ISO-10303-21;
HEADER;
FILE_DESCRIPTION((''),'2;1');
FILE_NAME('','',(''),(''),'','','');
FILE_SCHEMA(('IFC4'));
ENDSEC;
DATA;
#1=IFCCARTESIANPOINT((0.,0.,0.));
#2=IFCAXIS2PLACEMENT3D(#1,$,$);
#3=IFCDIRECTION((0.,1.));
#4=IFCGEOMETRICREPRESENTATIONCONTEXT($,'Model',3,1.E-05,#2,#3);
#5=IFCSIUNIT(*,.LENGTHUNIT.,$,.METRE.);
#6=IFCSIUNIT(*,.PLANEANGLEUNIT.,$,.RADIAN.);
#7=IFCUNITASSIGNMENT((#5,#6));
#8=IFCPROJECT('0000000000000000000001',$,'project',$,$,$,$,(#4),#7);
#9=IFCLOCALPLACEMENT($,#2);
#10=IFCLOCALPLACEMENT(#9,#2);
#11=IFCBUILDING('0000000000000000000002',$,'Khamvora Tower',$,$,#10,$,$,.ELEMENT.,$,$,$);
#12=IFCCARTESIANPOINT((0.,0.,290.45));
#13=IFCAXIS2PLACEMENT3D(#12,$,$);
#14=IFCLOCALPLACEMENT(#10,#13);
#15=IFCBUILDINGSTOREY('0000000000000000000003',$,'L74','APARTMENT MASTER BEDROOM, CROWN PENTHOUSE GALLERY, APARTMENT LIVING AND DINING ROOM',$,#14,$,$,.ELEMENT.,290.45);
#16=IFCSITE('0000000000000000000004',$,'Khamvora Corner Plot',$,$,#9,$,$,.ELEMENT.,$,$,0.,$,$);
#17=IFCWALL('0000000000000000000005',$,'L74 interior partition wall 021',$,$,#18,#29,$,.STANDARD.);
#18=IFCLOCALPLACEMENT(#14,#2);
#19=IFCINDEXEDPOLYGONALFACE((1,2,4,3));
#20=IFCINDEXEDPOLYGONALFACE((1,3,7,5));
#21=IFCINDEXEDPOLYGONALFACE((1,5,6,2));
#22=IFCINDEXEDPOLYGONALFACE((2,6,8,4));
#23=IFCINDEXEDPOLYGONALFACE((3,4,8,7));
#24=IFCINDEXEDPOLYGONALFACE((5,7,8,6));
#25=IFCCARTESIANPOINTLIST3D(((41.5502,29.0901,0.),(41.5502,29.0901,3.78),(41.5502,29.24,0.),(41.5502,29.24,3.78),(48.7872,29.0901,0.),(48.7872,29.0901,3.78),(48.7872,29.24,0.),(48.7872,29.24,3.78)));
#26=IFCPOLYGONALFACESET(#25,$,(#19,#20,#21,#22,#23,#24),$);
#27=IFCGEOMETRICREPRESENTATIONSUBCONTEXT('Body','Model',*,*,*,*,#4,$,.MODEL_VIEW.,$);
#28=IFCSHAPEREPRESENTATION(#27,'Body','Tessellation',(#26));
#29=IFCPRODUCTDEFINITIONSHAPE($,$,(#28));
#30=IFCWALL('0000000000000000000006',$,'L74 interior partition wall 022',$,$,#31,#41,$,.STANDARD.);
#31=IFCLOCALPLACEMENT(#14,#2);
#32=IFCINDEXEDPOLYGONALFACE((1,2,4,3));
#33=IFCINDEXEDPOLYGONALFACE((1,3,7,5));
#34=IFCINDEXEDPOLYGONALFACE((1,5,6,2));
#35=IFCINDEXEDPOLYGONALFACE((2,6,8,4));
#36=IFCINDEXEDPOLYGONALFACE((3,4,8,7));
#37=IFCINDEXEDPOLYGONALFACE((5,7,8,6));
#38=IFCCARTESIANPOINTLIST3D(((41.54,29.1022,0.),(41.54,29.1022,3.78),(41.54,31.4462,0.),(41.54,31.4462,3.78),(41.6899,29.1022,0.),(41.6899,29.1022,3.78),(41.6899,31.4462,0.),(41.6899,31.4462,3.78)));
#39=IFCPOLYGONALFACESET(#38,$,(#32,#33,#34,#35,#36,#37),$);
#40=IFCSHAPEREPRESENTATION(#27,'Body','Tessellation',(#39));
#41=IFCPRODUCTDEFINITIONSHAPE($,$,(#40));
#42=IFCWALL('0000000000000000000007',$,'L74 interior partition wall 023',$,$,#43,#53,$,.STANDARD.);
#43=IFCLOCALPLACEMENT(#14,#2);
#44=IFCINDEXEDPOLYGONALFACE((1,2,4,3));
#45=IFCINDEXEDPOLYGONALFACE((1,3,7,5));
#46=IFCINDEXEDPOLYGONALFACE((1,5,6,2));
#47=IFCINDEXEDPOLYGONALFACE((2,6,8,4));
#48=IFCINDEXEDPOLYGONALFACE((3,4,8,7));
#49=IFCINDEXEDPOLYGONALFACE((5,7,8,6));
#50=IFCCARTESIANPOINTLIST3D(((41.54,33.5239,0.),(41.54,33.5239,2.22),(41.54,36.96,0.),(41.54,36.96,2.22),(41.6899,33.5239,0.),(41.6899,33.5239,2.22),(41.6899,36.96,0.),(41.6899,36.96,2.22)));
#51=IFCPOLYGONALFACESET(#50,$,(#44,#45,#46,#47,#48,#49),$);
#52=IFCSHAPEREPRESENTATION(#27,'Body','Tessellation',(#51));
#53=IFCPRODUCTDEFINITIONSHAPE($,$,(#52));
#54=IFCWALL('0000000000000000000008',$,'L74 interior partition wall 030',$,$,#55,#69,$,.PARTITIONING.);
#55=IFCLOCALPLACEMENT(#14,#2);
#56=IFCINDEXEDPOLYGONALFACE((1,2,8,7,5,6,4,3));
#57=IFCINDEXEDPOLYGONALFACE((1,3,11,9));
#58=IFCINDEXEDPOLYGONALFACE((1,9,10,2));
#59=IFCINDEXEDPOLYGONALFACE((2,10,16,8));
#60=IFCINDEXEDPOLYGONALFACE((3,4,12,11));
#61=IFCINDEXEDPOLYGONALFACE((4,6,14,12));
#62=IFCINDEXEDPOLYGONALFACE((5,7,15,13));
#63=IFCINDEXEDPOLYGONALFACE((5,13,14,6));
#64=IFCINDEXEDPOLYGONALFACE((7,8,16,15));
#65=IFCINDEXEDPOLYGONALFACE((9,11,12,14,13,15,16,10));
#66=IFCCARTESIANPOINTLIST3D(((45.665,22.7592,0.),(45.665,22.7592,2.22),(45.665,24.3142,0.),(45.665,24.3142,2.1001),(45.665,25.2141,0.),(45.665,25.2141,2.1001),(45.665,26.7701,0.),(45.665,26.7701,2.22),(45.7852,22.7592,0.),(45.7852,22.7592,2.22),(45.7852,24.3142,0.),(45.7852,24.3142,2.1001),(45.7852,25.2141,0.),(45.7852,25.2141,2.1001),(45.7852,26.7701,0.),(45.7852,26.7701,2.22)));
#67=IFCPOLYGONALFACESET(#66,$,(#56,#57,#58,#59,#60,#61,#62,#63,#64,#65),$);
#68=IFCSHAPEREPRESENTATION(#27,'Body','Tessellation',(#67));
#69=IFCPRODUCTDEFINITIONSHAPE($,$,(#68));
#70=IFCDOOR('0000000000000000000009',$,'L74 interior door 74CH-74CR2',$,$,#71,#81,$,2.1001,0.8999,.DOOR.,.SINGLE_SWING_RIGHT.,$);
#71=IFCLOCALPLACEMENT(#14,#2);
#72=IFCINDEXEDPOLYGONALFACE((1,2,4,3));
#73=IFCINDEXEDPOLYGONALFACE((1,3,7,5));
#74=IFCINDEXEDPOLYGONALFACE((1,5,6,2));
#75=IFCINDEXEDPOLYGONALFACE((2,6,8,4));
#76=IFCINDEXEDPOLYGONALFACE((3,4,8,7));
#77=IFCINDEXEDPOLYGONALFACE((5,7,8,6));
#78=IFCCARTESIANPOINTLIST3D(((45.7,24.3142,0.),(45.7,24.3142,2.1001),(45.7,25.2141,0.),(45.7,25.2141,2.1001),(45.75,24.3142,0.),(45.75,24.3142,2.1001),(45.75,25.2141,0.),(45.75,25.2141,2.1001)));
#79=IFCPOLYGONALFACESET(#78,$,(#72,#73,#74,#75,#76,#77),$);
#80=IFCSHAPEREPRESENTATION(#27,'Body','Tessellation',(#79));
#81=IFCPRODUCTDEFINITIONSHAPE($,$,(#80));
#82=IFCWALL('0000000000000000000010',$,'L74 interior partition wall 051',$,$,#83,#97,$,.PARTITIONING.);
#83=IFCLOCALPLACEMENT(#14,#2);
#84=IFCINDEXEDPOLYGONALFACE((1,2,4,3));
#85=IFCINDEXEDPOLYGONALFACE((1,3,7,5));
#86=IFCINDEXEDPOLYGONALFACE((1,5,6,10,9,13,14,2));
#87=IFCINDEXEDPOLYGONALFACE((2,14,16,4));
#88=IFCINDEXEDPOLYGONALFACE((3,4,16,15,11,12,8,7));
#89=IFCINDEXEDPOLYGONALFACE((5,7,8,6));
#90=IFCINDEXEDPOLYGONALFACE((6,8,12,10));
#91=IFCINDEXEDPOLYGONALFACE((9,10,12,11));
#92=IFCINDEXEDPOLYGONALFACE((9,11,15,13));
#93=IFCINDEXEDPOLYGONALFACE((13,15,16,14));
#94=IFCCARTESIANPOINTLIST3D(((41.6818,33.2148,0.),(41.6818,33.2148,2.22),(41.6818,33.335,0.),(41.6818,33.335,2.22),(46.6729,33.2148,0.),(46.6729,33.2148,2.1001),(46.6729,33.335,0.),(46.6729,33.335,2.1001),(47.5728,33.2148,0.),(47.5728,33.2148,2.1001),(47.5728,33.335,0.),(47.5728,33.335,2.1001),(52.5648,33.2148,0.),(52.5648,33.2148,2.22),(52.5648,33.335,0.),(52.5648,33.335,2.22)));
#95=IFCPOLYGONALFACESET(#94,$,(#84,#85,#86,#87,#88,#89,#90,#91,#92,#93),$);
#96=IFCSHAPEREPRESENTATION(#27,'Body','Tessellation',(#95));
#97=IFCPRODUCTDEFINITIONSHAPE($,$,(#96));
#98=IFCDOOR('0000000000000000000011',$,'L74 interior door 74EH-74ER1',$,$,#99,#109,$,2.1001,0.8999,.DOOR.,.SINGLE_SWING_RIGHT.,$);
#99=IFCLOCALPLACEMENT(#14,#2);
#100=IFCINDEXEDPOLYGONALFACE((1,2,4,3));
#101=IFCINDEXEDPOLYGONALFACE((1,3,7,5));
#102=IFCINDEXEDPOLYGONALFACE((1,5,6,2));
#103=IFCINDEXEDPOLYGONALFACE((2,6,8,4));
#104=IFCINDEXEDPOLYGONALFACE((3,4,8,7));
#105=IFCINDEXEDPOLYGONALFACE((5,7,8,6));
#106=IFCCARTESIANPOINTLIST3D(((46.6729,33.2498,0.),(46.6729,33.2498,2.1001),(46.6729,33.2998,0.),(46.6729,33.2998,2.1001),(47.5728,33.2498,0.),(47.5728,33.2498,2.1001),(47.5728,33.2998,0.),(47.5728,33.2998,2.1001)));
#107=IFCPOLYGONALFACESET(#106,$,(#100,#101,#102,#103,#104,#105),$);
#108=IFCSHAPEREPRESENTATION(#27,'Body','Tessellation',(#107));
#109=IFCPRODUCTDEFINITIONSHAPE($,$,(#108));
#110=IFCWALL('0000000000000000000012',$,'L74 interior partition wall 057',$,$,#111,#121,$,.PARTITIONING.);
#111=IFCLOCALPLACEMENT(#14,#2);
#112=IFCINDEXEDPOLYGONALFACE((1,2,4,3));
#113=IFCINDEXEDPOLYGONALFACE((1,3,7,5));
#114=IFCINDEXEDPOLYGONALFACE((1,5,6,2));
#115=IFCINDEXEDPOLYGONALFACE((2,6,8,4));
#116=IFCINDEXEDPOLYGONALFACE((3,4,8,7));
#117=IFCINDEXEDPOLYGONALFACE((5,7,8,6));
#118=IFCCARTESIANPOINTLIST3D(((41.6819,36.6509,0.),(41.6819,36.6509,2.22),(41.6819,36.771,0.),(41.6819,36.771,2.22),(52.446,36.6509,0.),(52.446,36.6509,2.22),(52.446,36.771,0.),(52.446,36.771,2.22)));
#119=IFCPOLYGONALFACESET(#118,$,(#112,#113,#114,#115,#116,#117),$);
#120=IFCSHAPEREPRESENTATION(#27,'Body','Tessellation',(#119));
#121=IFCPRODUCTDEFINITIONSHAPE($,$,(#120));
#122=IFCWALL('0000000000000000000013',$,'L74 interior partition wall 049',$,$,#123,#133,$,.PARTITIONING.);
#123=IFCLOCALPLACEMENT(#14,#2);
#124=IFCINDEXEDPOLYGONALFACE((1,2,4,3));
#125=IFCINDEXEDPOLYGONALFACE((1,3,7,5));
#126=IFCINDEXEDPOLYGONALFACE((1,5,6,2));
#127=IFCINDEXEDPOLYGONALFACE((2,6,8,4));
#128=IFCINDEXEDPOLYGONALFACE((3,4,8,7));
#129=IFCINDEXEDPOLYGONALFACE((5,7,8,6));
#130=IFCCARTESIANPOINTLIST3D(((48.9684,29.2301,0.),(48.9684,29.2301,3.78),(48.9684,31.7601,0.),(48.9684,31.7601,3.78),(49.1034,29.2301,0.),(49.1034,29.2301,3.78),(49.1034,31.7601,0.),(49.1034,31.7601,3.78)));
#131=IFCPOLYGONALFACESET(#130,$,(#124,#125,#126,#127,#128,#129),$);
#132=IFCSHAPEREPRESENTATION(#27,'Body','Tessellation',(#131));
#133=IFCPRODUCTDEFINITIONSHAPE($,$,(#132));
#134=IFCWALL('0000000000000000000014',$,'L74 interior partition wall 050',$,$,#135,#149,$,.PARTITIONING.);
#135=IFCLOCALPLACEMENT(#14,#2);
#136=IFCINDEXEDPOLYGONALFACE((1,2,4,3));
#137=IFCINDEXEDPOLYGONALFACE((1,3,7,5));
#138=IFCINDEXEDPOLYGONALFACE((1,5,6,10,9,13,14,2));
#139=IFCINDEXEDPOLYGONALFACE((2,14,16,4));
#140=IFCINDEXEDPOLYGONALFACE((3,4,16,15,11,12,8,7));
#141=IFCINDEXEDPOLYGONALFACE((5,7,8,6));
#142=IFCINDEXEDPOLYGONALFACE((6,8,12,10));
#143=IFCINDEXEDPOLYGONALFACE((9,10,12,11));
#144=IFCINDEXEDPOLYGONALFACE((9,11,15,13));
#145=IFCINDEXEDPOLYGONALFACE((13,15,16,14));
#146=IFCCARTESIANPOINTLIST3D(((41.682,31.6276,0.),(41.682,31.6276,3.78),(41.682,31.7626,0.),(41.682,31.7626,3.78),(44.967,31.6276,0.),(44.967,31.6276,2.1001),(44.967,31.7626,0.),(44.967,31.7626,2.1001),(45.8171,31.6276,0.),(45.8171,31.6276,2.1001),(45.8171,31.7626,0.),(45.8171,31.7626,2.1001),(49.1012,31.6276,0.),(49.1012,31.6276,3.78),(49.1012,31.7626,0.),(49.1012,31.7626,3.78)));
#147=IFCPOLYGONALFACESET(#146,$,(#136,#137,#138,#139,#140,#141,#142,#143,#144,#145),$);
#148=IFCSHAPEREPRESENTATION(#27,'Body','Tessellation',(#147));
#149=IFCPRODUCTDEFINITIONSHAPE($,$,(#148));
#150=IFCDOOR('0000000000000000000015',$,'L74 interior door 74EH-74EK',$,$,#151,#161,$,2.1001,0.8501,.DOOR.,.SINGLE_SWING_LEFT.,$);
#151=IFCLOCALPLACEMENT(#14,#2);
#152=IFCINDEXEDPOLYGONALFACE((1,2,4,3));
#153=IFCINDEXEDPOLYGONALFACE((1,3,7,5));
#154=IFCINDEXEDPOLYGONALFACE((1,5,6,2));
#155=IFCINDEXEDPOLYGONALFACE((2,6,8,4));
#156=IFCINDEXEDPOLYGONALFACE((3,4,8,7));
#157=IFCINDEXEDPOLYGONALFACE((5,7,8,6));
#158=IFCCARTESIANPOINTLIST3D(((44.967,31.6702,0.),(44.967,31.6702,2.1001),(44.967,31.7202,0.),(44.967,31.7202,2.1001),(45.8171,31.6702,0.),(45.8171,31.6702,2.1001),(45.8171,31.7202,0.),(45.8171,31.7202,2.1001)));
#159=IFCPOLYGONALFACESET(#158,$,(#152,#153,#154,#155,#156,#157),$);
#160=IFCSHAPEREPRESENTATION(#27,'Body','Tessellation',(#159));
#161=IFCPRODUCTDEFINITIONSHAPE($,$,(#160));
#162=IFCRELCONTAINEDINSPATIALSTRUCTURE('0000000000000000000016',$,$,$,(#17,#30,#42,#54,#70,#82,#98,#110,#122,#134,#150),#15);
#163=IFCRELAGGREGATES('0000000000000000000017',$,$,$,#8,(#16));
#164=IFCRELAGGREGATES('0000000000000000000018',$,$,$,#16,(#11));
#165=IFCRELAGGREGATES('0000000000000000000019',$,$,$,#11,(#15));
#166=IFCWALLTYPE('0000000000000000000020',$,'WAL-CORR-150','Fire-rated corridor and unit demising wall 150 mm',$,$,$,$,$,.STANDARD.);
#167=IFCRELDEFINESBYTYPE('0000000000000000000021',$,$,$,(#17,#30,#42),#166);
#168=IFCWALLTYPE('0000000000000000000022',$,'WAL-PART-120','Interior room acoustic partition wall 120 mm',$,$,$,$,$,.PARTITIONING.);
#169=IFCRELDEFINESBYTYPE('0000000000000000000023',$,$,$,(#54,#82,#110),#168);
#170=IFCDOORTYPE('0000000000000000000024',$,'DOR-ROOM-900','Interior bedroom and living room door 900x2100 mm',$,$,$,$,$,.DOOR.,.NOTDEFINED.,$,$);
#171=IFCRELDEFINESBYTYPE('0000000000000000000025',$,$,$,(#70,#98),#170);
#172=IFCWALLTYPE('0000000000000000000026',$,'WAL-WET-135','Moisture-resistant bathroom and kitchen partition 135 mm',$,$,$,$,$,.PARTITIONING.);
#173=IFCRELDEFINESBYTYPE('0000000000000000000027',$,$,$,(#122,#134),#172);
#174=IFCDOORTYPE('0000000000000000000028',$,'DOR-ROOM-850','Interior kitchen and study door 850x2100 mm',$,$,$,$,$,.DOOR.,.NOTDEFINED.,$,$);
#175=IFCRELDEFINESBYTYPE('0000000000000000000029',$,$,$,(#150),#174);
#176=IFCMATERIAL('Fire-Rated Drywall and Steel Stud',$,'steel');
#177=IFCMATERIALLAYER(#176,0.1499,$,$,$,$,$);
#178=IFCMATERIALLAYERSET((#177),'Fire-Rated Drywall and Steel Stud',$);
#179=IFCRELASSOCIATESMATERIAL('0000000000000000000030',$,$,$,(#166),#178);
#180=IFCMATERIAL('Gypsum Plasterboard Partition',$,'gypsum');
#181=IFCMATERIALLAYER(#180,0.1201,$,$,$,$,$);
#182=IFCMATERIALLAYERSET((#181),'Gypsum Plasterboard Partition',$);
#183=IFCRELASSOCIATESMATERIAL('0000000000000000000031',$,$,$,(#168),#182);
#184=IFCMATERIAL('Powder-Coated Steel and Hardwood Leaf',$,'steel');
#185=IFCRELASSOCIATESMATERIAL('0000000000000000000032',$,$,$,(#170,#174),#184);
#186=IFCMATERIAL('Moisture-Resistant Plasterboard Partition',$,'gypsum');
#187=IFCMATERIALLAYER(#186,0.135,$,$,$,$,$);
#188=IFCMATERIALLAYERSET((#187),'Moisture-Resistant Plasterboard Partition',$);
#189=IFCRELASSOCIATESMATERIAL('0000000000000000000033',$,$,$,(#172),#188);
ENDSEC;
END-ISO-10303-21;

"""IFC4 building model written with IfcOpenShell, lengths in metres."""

from ifc_helpers import new_model, si_unit, direction, frame, frame_2d, origin, place, context, subcontext, project, spatial, rectangle, extrude, material, layer, layer_set, type_object, element, fill, save


model = new_model("IFC4")

# Units and contexts
model_context = context("Model", 3, precision=1e-05, world=origin(), true_north=direction((0.0, 1.0)))
body_context = subcontext(model_context, "Body", "Model", "MODEL_VIEW")
ifc_project = project(units=[si_unit("LENGTHUNIT", "METRE"), si_unit("PLANEANGLEUNIT", "RADIAN")], contexts=[model_context])

# Site, building, storey
site_placement = place(None, origin())
site = spatial("IfcSite", under=ifc_project, at=site_placement, Name="Khamvora Corner Plot", CompositionType="ELEMENT", RefElevation=0.0)
building_placement = place(site_placement, origin())
building = spatial("IfcBuilding", under=site, at=building_placement, Name="Khamvora Tower", CompositionType="ELEMENT")
storey_placement = place(building_placement, frame((0.0, 0.0, 290.45)))
storey = spatial("IfcBuildingStorey", under=building, at=storey_placement, Name="L74", Description="APARTMENT MASTER BEDROOM, CROWN PENTHOUSE GALLERY, APARTMENT LIVING AND DINING ROOM", CompositionType="ELEMENT", Elevation=290.45)

# Shared definitions
ifc_material_1 = material(Name="Fire-Rated Drywall and Steel Stud", Category="steel")
ifc_layer_1 = layer(ifc_material_1, 0.1499)
ifc_layer_set_1 = layer_set([ifc_layer_1], Name="Fire-Rated Drywall and Steel Stud")
wall_type_1 = type_object("IfcWallType", Name="WAL-CORR-150", Description="Fire-rated corridor and unit demising wall 150 mm", PredefinedType="STANDARD", material=ifc_layer_set_1)

# Shared definitions
ifc_material_2 = material(Name="Powder-Coated Steel and Hardwood Leaf", Category="steel")

# Walls
wall_1_placement = place(storey_placement, frame((41.55, 29.165, 0.0), z_axis=(0.0, 0.0, 1.0), x_axis=(1.0, 0.0, 0.0)))
element("IfcWall", 1, at=wall_1_placement, inside=storey, type_object=wall_type_1, Name="L74 interior partition wall 021", PredefinedType="STANDARD", context=body_context, shape_type="SweptSolid", body=[
    extrude(rectangle(XDim=7.2371, YDim=0.1499, at=frame_2d((3.6187, 0.0))), origin(), (0.0, 0.0, 1.0), 3.78),
])
wall_2_placement = place(storey_placement, frame((41.615, 31.446, 0.0), z_axis=(0.0, 0.0, 1.0), x_axis=(0.0, -1.0, 0.0)))
element("IfcWall", 2, at=wall_2_placement, inside=storey, type_object=wall_type_1, Name="L74 interior partition wall 022", PredefinedType="STANDARD", context=body_context, shape_type="SweptSolid", body=[
    extrude(rectangle(XDim=2.344, YDim=0.1499, at=frame_2d((1.1719, 0.0))), origin(), (0.0, 0.0, 1.0), 3.78),
])
wall_3_placement = place(storey_placement, frame((41.615, 36.96, 0.0), z_axis=(0.0, 0.0, 1.0), x_axis=(0.0, -1.0, 0.0)))
element("IfcWall", 3, at=wall_3_placement, inside=storey, type_object=wall_type_1, Name="L74 interior partition wall 023", PredefinedType="STANDARD", context=body_context, shape_type="SweptSolid", body=[
    extrude(rectangle(XDim=3.436, YDim=0.1499, at=frame_2d((1.718, 0.0))), origin(), (0.0, 0.0, 1.0), 2.22),
])

# Walls, openings, doors
ifc_material_3 = material(Name="Gypsum Plasterboard Partition", Category="gypsum")
ifc_layer_2 = layer(ifc_material_3, 0.1201)
ifc_layer_set_2 = layer_set([ifc_layer_2], Name="Gypsum Plasterboard Partition")
wall_type_2 = type_object("IfcWallType", Name="WAL-PART-120", Description="Interior room acoustic partition wall 120 mm", PredefinedType="PARTITIONING", material=ifc_layer_set_2)
wall_4_placement = place(storey_placement, frame((45.7251, 26.77, 0.0), z_axis=(0.0, 0.0, 1.0), x_axis=(0.0, -1.0, 0.0)))
wall_4 = element("IfcWall", 4, at=wall_4_placement, inside=storey, type_object=wall_type_2, Name="L74 interior partition wall 030", PredefinedType="PARTITIONING", context=body_context, shape_type="SweptSolid", body=[
    extrude(rectangle(XDim=4.011, YDim=0.1201, at=frame_2d((2.0054, 0.0))), origin(), (0.0, 0.0, 1.0), 2.22),
])
opening_1_placement = place(wall_4_placement, frame((1.5559, 0.0, 0.0)))
opening_1 = element("IfcOpeningElement", 5, at=opening_1_placement, cuts=wall_4, PredefinedType="OPENING", context=body_context, shape_type="SweptSolid", body=[
    extrude(rectangle(XDim=0.8999, YDim=2.1001, at=frame_2d((0.45, 1.05))), frame((0.0, 0.0701, 0.0), z_axis=(0.0, -1.0, 0.0), x_axis=(1.0, 0.0, 0.0)), (0.0, 0.0, 1.0), 0.1401),
])
door_type_1 = type_object("IfcDoorType", Name="DOR-ROOM-900", Description="Interior bedroom and living room door 900x2100 mm", OperationType="NOTDEFINED", PredefinedType="DOOR", material=ifc_material_2)
door_1_placement = place(opening_1_placement, origin())
door_1 = element("IfcDoor", 6, at=door_1_placement, inside=storey, type_object=door_type_1, Name="L74 interior door 74CH-74CR2", OperationType="SINGLE_SWING_RIGHT", OverallHeight=2.1001, OverallWidth=0.8999, PredefinedType="DOOR", context=body_context, shape_type="SweptSolid", body=[
    extrude(rectangle(XDim=0.8999, YDim=2.1001, at=frame_2d((0.45, 1.05))), frame((0.0, 0.0249, 0.0), z_axis=(0.0, -1.0, 0.0), x_axis=(1.0, 0.0, 0.0)), (0.0, 0.0, 1.0), 0.05),
])
fill(opening_1, door_1)
wall_5_placement = place(storey_placement, frame((41.6819, 33.2749, 0.0), z_axis=(0.0, 0.0, 1.0), x_axis=(1.0, 0.0, 0.0)))
wall_5 = element("IfcWall", 7, at=wall_5_placement, inside=storey, type_object=wall_type_2, Name="L74 interior partition wall 051", PredefinedType="PARTITIONING", context=body_context, shape_type="SweptSolid", body=[
    extrude(rectangle(XDim=10.8831, YDim=0.1201, at=frame_2d((5.4414, 0.0))), origin(), (0.0, 0.0, 1.0), 2.22),
])
opening_2_placement = place(wall_5_placement, frame((4.991, 0.0, 0.0)))
opening_2 = element("IfcOpeningElement", 8, at=opening_2_placement, cuts=wall_5, PredefinedType="OPENING", context=body_context, shape_type="SweptSolid", body=[
    extrude(rectangle(XDim=0.8999, YDim=2.1001, at=frame_2d((0.45, 1.05))), frame((0.0, 0.0701, 0.0), z_axis=(0.0, -1.0, 0.0), x_axis=(1.0, 0.0, 0.0)), (0.0, 0.0, 1.0), 0.1401),
])
door_2_placement = place(opening_2_placement, origin())
door_2 = element("IfcDoor", 9, at=door_2_placement, inside=storey, type_object=door_type_1, Name="L74 interior door 74EH-74ER1", OperationType="SINGLE_SWING_RIGHT", OverallHeight=2.1001, OverallWidth=0.8999, PredefinedType="DOOR", context=body_context, shape_type="SweptSolid", body=[
    extrude(rectangle(XDim=0.8999, YDim=2.1001, at=frame_2d((0.45, 1.05))), frame((0.0, 0.0249, 0.0), z_axis=(0.0, -1.0, 0.0), x_axis=(1.0, 0.0, 0.0)), (0.0, 0.0, 1.0), 0.05),
])
fill(opening_2, door_2)

# Walls
wall_6_placement = place(storey_placement, frame((41.6819, 36.7109, 0.0), z_axis=(0.0, 0.0, 1.0), x_axis=(1.0, 0.0, 0.0)))
element("IfcWall", 10, at=wall_6_placement, inside=storey, type_object=wall_type_2, Name="L74 interior partition wall 057", PredefinedType="PARTITIONING", context=body_context, shape_type="SweptSolid", body=[
    extrude(rectangle(XDim=10.7642, YDim=0.1201, at=frame_2d((5.3821, 0.0))), origin(), (0.0, 0.0, 1.0), 2.22),
])
ifc_material_4 = material(Name="Moisture-Resistant Plasterboard Partition", Category="gypsum")
ifc_layer_3 = layer(ifc_material_4, 0.135)
ifc_layer_set_3 = layer_set([ifc_layer_3], Name="Moisture-Resistant Plasterboard Partition")
wall_type_3 = type_object("IfcWallType", Name="WAL-WET-135", Description="Moisture-resistant bathroom and kitchen partition 135 mm", PredefinedType="PARTITIONING", material=ifc_layer_set_3)
wall_7_placement = place(storey_placement, frame((49.0359, 29.23, 0.0), z_axis=(0.0, 0.0, 1.0), x_axis=(0.0, 1.0, 0.0)))
element("IfcWall", 11, at=wall_7_placement, inside=storey, type_object=wall_type_3, Name="L74 interior partition wall 049", PredefinedType="PARTITIONING", context=body_context, shape_type="SweptSolid", body=[
    extrude(rectangle(XDim=2.53, YDim=0.135, at=frame_2d((1.2651, 0.0))), origin(), (0.0, 0.0, 1.0), 3.78),
])

# Wall, opening, door
wall_8_placement = place(storey_placement, frame((49.1011, 31.6951, 0.0), z_axis=(0.0, 0.0, 1.0), x_axis=(-1.0, 0.0, 0.0)))
wall_8 = element("IfcWall", 12, at=wall_8_placement, inside=storey, type_object=wall_type_3, Name="L74 interior partition wall 050", PredefinedType="PARTITIONING", context=body_context, shape_type="SweptSolid", body=[
    extrude(rectangle(XDim=7.4192, YDim=0.135, at=frame_2d((3.7095, 0.0))), origin(), (0.0, 0.0, 1.0), 3.78),
])
opening_3_placement = place(wall_8_placement, frame((3.2839, 0.0, 0.0)))
opening_3 = element("IfcOpeningElement", 13, at=opening_3_placement, cuts=wall_8, PredefinedType="OPENING", context=body_context, shape_type="SweptSolid", body=[
    extrude(rectangle(XDim=0.8501, YDim=2.1001, at=frame_2d((0.425, 1.05))), frame((0.0, 0.0774, 0.0), z_axis=(0.0, -1.0, 0.0), x_axis=(1.0, 0.0, 0.0)), (0.0, 0.0, 1.0), 0.155),
])
door_type_2 = type_object("IfcDoorType", Name="DOR-ROOM-850", Description="Interior kitchen and study door 850x2100 mm", OperationType="NOTDEFINED", PredefinedType="DOOR", material=ifc_material_2)
door_3_placement = place(opening_3_placement, origin())
door_3 = element("IfcDoor", 14, at=door_3_placement, inside=storey, type_object=door_type_2, Name="L74 interior door 74EH-74EK", OperationType="SINGLE_SWING_LEFT", OverallHeight=2.1001, OverallWidth=0.8501, PredefinedType="DOOR", context=body_context, shape_type="SweptSolid", body=[
    extrude(rectangle(XDim=0.8501, YDim=2.1001, at=frame_2d((0.425, 1.05))), frame((0.0, 0.0249, 0.0), z_axis=(0.0, -1.0, 0.0), x_axis=(1.0, 0.0, 0.0)), (0.0, 0.0, 1.0), 0.05),
])
fill(opening_3, door_3)

save(model, "model.ifc")
